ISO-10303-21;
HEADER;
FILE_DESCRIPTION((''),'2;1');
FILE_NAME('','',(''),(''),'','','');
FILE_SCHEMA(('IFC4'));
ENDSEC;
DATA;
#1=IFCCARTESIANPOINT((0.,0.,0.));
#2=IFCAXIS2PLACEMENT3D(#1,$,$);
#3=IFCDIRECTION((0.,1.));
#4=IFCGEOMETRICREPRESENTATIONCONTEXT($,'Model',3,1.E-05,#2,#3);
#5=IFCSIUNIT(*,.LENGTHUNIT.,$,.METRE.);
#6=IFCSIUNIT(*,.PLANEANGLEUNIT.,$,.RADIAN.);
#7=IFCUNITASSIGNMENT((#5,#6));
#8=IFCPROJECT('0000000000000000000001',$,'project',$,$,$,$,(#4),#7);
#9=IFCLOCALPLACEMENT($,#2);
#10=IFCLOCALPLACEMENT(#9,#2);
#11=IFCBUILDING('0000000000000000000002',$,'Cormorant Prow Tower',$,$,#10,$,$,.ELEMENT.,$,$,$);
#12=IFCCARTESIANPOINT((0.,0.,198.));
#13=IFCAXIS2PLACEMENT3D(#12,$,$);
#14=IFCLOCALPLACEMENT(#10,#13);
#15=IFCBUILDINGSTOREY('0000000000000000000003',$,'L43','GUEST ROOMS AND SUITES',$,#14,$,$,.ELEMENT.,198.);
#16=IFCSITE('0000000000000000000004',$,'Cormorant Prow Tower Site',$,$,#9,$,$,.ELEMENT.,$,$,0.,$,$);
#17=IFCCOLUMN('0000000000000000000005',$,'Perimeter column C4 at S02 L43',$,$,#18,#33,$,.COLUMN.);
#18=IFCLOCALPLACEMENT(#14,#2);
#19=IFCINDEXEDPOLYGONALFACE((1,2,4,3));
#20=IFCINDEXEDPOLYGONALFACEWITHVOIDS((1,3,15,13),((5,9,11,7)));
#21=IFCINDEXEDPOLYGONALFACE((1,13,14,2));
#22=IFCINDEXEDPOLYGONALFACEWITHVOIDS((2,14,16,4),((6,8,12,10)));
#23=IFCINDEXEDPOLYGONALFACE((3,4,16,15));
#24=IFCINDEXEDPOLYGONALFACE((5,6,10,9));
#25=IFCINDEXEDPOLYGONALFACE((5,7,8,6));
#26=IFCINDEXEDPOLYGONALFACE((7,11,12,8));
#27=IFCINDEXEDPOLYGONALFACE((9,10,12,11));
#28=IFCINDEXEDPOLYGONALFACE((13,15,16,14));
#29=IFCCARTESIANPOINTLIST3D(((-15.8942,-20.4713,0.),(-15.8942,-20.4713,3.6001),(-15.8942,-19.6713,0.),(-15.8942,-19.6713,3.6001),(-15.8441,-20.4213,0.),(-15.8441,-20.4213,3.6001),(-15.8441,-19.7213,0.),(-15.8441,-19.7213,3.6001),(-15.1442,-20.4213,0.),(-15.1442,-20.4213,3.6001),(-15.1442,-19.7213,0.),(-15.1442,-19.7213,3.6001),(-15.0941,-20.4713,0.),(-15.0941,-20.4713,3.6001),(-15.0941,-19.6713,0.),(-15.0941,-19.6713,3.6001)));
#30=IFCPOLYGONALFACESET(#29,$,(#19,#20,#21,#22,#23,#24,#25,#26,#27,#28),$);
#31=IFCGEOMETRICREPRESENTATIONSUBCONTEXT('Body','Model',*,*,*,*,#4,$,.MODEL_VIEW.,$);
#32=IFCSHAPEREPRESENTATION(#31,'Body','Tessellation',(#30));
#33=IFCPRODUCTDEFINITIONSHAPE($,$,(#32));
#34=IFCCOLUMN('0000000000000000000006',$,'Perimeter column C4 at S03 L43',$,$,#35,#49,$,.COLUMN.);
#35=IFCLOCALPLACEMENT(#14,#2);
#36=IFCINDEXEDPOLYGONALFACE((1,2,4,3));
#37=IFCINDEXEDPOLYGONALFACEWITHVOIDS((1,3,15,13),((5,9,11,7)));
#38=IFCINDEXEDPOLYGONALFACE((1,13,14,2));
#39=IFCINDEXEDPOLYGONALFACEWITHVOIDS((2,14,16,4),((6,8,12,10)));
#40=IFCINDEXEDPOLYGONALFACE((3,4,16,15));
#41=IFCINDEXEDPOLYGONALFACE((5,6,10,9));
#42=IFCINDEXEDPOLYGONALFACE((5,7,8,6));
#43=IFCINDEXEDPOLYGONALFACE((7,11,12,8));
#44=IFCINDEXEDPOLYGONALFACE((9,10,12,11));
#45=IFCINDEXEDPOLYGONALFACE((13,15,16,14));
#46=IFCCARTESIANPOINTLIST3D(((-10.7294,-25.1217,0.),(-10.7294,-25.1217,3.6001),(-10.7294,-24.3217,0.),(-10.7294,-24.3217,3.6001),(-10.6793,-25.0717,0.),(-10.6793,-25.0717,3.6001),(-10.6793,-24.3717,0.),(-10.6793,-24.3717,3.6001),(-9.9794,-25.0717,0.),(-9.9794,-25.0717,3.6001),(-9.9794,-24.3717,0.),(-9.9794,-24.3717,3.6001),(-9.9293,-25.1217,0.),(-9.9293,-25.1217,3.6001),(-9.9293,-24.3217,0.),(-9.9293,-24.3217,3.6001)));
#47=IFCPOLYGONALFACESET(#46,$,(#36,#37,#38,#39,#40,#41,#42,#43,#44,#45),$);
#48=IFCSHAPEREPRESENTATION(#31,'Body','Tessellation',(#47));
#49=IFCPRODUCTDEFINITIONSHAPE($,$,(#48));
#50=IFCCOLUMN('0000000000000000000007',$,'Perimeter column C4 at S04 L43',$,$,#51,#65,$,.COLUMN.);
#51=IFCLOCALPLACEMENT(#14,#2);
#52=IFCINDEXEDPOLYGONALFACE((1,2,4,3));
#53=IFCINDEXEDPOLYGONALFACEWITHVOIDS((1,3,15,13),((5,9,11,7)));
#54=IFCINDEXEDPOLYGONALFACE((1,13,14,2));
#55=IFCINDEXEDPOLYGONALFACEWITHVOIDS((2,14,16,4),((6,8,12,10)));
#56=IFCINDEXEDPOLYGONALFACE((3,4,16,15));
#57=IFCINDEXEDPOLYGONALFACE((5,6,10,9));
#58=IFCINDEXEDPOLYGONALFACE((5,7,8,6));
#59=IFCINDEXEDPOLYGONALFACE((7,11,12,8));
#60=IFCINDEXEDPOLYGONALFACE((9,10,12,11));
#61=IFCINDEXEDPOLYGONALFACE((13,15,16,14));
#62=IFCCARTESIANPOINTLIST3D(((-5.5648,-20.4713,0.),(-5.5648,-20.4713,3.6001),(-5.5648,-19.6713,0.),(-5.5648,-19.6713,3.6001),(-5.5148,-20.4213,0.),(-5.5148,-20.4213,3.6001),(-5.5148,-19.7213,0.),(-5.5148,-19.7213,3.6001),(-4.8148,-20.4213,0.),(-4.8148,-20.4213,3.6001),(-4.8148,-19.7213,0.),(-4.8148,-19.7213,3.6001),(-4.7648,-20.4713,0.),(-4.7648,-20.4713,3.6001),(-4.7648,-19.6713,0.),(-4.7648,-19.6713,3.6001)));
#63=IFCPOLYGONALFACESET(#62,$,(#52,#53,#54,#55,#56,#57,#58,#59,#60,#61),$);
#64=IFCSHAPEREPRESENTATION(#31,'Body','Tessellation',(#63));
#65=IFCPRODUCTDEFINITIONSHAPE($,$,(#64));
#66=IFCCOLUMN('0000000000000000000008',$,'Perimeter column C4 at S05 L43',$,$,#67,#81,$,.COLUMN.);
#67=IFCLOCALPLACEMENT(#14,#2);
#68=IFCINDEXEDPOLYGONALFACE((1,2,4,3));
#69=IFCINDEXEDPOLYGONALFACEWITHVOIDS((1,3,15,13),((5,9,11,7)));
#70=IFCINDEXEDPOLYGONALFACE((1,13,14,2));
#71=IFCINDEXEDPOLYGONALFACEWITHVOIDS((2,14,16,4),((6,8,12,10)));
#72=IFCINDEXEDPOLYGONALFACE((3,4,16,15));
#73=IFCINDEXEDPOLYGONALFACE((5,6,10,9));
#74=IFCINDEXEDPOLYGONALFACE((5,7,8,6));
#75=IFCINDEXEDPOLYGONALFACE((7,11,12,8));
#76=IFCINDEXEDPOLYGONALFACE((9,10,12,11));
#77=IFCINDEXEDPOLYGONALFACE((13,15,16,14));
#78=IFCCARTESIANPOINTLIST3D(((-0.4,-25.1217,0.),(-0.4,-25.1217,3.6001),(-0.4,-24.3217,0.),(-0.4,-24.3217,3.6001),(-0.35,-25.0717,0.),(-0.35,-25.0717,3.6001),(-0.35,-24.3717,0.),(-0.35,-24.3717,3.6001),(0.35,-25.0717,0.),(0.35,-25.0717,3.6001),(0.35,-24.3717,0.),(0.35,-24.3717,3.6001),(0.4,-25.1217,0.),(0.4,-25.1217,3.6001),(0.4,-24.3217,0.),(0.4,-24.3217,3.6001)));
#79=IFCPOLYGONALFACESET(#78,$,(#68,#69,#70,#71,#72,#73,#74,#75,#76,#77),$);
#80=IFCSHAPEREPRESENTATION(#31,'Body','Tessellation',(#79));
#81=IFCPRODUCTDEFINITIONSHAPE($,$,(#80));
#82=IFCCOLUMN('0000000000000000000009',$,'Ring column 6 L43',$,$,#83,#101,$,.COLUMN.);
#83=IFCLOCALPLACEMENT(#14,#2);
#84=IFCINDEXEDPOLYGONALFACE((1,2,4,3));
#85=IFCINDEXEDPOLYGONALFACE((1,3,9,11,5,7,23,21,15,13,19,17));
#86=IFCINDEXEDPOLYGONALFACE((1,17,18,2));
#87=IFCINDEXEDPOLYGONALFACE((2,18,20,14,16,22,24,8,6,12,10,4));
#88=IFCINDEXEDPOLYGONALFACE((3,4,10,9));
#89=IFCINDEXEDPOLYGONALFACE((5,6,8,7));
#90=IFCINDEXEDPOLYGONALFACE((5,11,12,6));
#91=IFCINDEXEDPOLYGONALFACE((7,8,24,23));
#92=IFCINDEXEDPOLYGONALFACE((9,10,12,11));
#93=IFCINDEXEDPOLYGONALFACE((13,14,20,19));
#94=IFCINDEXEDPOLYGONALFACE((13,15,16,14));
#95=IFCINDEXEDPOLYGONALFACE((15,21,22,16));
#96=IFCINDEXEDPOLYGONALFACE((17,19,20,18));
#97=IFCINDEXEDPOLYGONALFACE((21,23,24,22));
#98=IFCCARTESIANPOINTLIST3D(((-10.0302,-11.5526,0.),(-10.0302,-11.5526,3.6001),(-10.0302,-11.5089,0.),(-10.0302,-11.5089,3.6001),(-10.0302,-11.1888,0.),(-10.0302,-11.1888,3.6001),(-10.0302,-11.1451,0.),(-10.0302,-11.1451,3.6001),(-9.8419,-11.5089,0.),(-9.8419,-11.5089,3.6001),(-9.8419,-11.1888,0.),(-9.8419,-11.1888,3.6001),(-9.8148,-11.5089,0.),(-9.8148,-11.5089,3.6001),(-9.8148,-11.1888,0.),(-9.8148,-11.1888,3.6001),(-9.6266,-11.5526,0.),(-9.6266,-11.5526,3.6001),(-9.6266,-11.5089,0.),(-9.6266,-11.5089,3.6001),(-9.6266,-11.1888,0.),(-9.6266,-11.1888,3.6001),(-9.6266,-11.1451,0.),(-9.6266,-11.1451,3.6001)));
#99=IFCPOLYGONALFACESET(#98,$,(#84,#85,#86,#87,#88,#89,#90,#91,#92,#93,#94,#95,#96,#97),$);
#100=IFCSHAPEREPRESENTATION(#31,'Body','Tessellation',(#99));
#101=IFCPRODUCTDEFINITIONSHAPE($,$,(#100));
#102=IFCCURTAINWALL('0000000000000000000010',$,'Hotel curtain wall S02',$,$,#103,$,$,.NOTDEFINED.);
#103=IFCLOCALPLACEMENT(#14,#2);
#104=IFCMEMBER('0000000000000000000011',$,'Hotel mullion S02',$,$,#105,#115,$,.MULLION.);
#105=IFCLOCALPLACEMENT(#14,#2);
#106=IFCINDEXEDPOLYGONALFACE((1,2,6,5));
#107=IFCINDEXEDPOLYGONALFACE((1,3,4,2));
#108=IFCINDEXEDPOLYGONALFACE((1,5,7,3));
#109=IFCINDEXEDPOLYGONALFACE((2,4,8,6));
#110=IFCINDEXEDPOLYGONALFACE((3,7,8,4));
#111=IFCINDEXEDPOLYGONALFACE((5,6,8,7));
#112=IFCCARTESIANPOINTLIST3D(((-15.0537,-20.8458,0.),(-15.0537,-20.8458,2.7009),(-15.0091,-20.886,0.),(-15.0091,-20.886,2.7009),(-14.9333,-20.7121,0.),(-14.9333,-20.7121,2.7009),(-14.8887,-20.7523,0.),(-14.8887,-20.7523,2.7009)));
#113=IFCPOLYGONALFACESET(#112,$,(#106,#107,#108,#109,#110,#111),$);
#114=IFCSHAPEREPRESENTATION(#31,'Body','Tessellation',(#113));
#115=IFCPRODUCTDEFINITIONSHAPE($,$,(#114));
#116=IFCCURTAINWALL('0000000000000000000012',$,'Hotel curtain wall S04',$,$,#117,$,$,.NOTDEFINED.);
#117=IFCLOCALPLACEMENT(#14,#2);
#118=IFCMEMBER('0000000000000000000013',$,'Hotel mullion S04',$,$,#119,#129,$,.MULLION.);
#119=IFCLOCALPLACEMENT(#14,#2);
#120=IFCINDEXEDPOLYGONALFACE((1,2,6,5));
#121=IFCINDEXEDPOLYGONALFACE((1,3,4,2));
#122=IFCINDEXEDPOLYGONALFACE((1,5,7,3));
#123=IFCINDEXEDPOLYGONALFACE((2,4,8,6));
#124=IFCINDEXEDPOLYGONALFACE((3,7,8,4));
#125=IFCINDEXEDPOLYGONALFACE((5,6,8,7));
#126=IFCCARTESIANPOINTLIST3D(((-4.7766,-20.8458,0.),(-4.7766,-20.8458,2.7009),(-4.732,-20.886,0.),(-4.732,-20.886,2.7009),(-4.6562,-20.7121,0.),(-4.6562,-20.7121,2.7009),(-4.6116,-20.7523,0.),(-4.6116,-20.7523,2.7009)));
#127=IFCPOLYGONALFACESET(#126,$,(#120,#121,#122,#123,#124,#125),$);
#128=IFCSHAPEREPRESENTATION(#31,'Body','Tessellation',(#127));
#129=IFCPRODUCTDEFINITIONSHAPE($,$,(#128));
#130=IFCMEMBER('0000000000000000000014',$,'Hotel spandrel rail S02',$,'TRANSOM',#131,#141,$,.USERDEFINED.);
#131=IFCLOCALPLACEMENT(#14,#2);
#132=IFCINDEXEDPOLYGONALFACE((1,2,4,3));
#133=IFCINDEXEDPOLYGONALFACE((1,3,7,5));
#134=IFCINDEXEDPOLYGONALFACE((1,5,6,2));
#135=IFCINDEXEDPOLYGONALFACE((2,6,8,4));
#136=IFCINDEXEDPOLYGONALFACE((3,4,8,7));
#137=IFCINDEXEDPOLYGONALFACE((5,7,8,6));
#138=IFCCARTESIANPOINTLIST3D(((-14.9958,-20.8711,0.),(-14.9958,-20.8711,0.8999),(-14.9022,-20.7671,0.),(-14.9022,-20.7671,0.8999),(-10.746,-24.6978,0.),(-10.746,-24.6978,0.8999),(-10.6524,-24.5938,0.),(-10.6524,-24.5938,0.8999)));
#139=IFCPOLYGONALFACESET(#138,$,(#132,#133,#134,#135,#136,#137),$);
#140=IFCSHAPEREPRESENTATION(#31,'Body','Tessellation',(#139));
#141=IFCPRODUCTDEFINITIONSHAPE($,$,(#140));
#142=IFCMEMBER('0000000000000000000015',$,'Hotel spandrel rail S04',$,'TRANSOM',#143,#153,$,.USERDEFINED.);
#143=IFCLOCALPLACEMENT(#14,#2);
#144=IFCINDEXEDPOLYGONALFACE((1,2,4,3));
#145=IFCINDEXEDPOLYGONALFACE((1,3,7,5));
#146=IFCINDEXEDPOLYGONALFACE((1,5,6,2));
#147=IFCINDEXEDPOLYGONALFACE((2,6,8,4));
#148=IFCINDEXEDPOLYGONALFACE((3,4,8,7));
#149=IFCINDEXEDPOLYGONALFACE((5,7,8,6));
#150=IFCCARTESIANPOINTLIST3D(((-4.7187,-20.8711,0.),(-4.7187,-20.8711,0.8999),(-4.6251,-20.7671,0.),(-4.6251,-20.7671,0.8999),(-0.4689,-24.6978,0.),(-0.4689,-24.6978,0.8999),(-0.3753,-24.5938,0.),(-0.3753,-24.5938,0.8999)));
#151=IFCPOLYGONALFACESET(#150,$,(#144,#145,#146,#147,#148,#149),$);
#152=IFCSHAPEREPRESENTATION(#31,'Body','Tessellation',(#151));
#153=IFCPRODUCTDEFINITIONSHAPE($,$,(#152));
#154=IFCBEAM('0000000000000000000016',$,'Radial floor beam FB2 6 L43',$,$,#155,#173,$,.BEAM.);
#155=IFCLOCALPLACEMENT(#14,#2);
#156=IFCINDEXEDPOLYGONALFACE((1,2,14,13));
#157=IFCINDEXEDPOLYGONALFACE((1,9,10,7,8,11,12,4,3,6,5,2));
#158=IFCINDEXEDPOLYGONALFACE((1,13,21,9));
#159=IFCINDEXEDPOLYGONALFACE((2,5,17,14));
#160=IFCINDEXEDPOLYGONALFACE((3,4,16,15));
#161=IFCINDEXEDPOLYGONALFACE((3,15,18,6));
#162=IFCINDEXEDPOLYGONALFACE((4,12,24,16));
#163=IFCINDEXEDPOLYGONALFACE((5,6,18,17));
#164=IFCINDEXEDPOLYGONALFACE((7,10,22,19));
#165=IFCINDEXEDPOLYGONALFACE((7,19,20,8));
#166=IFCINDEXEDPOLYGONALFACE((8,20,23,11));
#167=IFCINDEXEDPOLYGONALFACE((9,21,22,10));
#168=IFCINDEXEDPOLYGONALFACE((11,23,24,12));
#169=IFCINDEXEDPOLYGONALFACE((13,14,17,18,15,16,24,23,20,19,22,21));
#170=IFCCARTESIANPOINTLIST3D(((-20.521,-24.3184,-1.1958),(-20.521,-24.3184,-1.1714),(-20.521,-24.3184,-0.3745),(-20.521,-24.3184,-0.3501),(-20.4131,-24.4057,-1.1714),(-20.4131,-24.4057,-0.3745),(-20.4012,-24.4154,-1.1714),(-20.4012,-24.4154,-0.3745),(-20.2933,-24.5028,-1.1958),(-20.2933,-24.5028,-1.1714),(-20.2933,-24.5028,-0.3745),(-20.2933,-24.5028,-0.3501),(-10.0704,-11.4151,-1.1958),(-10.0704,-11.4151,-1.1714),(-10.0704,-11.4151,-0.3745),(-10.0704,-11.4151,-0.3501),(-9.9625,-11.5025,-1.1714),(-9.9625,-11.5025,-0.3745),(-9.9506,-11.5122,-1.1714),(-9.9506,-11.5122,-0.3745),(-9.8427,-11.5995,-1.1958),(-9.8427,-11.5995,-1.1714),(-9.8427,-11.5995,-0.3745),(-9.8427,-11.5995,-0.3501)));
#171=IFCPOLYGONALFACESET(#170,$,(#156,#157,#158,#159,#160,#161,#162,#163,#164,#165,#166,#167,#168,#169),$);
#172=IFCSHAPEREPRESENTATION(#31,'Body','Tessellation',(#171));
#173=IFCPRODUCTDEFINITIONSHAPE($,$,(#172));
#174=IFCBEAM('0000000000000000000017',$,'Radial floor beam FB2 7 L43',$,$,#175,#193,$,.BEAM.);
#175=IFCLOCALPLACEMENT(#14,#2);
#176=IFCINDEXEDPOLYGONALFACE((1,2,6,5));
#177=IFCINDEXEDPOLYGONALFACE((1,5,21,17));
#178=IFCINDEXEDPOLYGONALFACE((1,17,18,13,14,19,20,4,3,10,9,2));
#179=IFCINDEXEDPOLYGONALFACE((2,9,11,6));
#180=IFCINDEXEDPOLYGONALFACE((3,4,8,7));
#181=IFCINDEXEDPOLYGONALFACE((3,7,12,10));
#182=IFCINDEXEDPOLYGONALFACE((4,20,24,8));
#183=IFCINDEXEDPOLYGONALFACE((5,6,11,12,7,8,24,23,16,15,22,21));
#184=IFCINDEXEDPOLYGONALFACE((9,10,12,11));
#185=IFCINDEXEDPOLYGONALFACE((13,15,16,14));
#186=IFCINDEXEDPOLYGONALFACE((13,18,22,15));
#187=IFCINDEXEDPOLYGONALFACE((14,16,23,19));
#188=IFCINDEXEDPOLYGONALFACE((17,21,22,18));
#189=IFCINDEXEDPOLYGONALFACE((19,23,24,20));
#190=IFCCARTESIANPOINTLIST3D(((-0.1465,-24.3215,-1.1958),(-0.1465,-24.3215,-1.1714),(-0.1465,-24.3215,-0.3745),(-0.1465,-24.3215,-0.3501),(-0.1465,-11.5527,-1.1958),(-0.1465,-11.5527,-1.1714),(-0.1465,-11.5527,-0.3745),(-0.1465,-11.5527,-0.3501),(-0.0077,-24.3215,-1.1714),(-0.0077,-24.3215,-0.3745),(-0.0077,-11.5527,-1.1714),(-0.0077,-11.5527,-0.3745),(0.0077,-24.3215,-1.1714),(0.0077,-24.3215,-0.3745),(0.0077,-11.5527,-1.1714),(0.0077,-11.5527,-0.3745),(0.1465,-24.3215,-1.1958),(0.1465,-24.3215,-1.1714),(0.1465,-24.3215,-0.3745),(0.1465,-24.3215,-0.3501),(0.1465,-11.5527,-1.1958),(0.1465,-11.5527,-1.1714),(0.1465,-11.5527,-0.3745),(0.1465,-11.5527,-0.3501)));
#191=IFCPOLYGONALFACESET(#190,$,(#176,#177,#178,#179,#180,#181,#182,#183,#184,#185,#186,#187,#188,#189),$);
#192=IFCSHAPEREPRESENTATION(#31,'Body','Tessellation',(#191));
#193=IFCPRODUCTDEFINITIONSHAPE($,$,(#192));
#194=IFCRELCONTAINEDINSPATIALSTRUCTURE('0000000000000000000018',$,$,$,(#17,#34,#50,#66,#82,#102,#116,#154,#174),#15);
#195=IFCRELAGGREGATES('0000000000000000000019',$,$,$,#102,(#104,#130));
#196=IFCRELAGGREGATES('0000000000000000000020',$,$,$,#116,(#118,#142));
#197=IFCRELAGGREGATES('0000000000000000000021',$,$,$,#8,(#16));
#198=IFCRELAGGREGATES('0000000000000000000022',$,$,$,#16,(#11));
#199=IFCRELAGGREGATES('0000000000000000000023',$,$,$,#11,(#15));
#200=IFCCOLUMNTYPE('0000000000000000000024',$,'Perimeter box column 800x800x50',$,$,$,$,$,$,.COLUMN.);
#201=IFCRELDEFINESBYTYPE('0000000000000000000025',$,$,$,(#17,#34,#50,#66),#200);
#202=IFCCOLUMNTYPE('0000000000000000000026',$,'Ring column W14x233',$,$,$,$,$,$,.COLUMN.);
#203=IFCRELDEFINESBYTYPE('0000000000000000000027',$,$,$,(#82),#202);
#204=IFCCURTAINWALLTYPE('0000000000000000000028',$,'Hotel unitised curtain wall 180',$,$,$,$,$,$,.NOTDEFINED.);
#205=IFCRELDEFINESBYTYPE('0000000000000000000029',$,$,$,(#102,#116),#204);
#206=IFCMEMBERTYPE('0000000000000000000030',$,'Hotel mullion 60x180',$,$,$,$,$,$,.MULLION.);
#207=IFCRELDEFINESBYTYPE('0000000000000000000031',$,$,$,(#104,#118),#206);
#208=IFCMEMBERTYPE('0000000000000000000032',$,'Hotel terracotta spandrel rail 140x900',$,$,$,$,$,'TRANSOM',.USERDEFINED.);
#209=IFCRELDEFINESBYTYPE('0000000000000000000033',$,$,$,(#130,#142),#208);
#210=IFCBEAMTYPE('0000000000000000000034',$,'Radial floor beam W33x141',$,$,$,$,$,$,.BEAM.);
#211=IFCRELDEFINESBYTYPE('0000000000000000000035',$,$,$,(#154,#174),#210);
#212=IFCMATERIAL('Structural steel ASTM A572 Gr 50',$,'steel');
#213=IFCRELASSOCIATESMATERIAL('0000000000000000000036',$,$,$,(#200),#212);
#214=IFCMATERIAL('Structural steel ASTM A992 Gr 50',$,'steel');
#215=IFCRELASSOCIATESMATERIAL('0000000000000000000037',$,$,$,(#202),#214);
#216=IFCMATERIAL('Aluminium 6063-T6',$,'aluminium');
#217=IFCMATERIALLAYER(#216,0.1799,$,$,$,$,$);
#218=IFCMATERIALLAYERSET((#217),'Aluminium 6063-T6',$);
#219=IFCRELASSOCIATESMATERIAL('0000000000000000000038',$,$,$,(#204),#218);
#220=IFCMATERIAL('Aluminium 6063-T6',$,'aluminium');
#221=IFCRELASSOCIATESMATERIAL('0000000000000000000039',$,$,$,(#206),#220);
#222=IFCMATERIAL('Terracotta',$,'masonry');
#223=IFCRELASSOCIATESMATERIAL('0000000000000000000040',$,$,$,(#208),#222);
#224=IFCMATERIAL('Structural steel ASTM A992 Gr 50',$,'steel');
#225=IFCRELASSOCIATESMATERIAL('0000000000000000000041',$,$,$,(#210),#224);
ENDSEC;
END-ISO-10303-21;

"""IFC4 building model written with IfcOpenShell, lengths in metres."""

from ifc_helpers import new_model, si_unit, direction, frame, origin, origin_2d, place, context, subcontext, project, spatial, rectangle, hollow_rectangle, i_section, extrude, material, layer, layer_set, material_profile, profile_set, type_object, element, aggregate, save


model = new_model("IFC4")

# Units and contexts
model_context = context("Model", 3, precision=1e-05, world=origin(), true_north=direction((0.0, 1.0)))
body_context = subcontext(model_context, "Body", "Model", "MODEL_VIEW")
ifc_project = project(units=[si_unit("LENGTHUNIT", "METRE"), si_unit("PLANEANGLEUNIT", "RADIAN")], contexts=[model_context])

# Site, building, storey
site_placement = place(None, origin())
site = spatial("IfcSite", under=ifc_project, at=site_placement, Name="Cormorant Prow Tower Site", CompositionType="ELEMENT", RefElevation=0.0)
building_placement = place(site_placement, origin())
building = spatial("IfcBuilding", under=site, at=building_placement, Name="Cormorant Prow Tower", CompositionType="ELEMENT")
storey_placement = place(building_placement, frame((0.0, 0.0, 198.0)))
storey = spatial("IfcBuildingStorey", under=building, at=storey_placement, Name="L43", Description="GUEST ROOMS AND SUITES", CompositionType="ELEMENT", Elevation=198.0)

# Columns
ifc_material_1 = material(Name="Structural steel ASTM A572 Gr 50", Category="steel")
ifc_material_profile_1 = material_profile(ifc_material_1, hollow_rectangle(XDim=0.8, YDim=0.8, WallThickness=0.05, at=origin_2d()), Name="Box 800x800x50")
ifc_profile_set_1 = profile_set([ifc_material_profile_1], Name="Structural steel ASTM A572 Gr 50")
column_type_1 = type_object("IfcColumnType", Name="Perimeter box column 800x800x50", PredefinedType="COLUMN", material=ifc_profile_set_1)
for number, where, z_axis, x_axis, name in (
    (1, (-15.4941, -20.0713, 0.0), (0.0, 0.0, 1.0), (1.0, 0.0, 0.0), "Perimeter column C4 at S02 L43"),
    (2, (-10.3293, -24.7217, 0.0), (0.0, 0.0, 1.0), (1.0, 0.0, 0.0), "Perimeter column C4 at S03 L43"),
    (3, (-5.1648, -20.0713, 0.0), (0.0, 0.0, 1.0), (1.0, 0.0, 0.0), "Perimeter column C4 at S04 L43"),
    (4, (0.0, -24.7217, 0.0), (0.0, 0.0, 1.0), (1.0, 0.0, 0.0), "Perimeter column C4 at S05 L43"),
):
    element("IfcColumn", number, at=place(storey_placement, frame(where, z_axis=z_axis, x_axis=x_axis)), inside=storey, type_object=column_type_1, Name=name, PredefinedType="COLUMN", context=body_context, shape_type="SweptSolid", body=[
        extrude(hollow_rectangle(XDim=0.8, YDim=0.8, WallThickness=0.05, at=origin_2d()), origin(), (0.0, 0.0, 1.0), 3.6001),
    ])
ifc_material_2 = material(Name="Structural steel ASTM A992 Gr 50", Category="steel")
ifc_material_profile_2 = material_profile(ifc_material_2, i_section(OverallWidth=0.4036, OverallDepth=0.4075, WebThickness=0.0271, FlangeThickness=0.0437, at=origin_2d()), Name="W14x233")
ifc_profile_set_2 = profile_set([ifc_material_profile_2], Name="Structural steel ASTM A992 Gr 50")
column_type_2 = type_object("IfcColumnType", Name="Ring column W14x233", PredefinedType="COLUMN", material=ifc_profile_set_2)
column_placement = place(storey_placement, frame((-9.8284, -11.3489, 0.0), z_axis=(0.0, 0.0, 1.0), x_axis=(1.0, 0.0, 0.0)))
element("IfcColumn", 5, at=column_placement, inside=storey, type_object=column_type_2, Name="Ring column 6 L43", PredefinedType="COLUMN", context=body_context, shape_type="SweptSolid", body=[
    extrude(i_section(OverallWidth=0.4036, OverallDepth=0.4075, WebThickness=0.0271, FlangeThickness=0.0437, at=origin_2d()), origin(), (0.0, 0.0, 1.0), 3.6001),
])

# Curtain walls, members
ifc_material_3 = material(Name="Aluminium 6063-T6", Category="aluminium")
ifc_layer_1 = layer(ifc_material_3, 0.1799)
ifc_layer_set_1 = layer_set([ifc_layer_1], Name="Aluminium 6063-T6")
curtain_wall_type = type_object("IfcCurtainWallType", Name="Hotel unitised curtain wall 180", PredefinedType="NOTDEFINED", material=ifc_layer_set_1)
curtain_wall_1_placement = place(storey_placement, origin())
curtain_wall_1 = element("IfcCurtainWall", 6, at=curtain_wall_1_placement, inside=storey, type_object=curtain_wall_type, Name="Hotel curtain wall S02", PredefinedType="NOTDEFINED")
ifc_material_4 = material(Name="Aluminium 6063-T6", Category="aluminium")
ifc_material_profile_3 = material_profile(ifc_material_4, rectangle(XDim=0.1799, YDim=0.0601, at=origin_2d()), Name="Hotel mullion 60x180")
ifc_profile_set_3 = profile_set([ifc_material_profile_3], Name="Aluminium 6063-T6")
member_type_1 = type_object("IfcMemberType", Name="Hotel mullion 60x180", PredefinedType="MULLION", material=ifc_profile_set_3)
member_1_placement = place(storey_placement, frame((-14.9712, -20.7991, 0.0), z_axis=(0.0, 0.0, 1.0), x_axis=(0.669131, 0.743145, 0.0)))
member_1 = element("IfcMember", 7, at=member_1_placement, type_object=member_type_1, Name="Hotel mullion S02", PredefinedType="MULLION", context=body_context, shape_type="SweptSolid", body=[
    extrude(rectangle(XDim=0.1799, YDim=0.0601, at=origin_2d()), origin(), (0.0, 0.0, 1.0), 2.7009),
])
curtain_wall_2_placement = place(storey_placement, origin())
curtain_wall_2 = element("IfcCurtainWall", 8, at=curtain_wall_2_placement, inside=storey, type_object=curtain_wall_type, Name="Hotel curtain wall S04", PredefinedType="NOTDEFINED")
member_2_placement = place(storey_placement, frame((-4.6941, -20.7991, 0.0), z_axis=(0.0, 0.0, 1.0), x_axis=(0.669131, 0.743145, 0.0)))
member_2 = element("IfcMember", 9, at=member_2_placement, type_object=member_type_1, Name="Hotel mullion S04", PredefinedType="MULLION", context=body_context, shape_type="SweptSolid", body=[
    extrude(rectangle(XDim=0.1799, YDim=0.0601, at=origin_2d()), origin(), (0.0, 0.0, 1.0), 2.7009),
])

# Members
ifc_material_5 = material(Name="Terracotta", Category="masonry")
ifc_material_profile_4 = material_profile(ifc_material_5, rectangle(XDim=0.1399, YDim=0.8999, at=origin_2d()), Name="Hotel terracotta spandrel rail 140x900")
ifc_profile_set_4 = profile_set([ifc_material_profile_4], Name="Terracotta")
member_type_2 = type_object("IfcMemberType", Name="Hotel terracotta spandrel rail 140x900", ElementType="TRANSOM", PredefinedType="USERDEFINED", material=ifc_profile_set_4)
member_3_placement = place(storey_placement, frame((-14.949, -20.8191, 0.45), z_axis=(0.743131, -0.669146, 0.0), x_axis=(0.669146, 0.743131, 0.0)))
member_3 = element("IfcMember", 10, at=member_3_placement, type_object=member_type_2, Name="Hotel spandrel rail S02", ObjectType="TRANSOM", PredefinedType="USERDEFINED", context=body_context, shape_type="SweptSolid", body=[
    extrude(rectangle(XDim=0.1399, YDim=0.8999, at=origin_2d()), origin(), (0.0, 0.0, 1.0), 5.7188),
])
member_4_placement = place(storey_placement, frame((-4.6719, -20.8191, 0.45), z_axis=(0.743131, -0.669146, 0.0), x_axis=(0.669146, 0.743131, 0.0)))
member_4 = element("IfcMember", 11, at=member_4_placement, type_object=member_type_2, Name="Hotel spandrel rail S04", ObjectType="TRANSOM", PredefinedType="USERDEFINED", context=body_context, shape_type="SweptSolid", body=[
    extrude(rectangle(XDim=0.1399, YDim=0.8999, at=origin_2d()), origin(), (0.0, 0.0, 1.0), 5.7188),
])

# Beams
ifc_material_6 = material(Name="Structural steel ASTM A992 Gr 50", Category="steel")
ifc_material_profile_5 = material_profile(ifc_material_6, i_section(OverallWidth=0.293, OverallDepth=0.8457, WebThickness=0.0154, FlangeThickness=0.0244, at=origin_2d()), Name="W33x141")
ifc_profile_set_5 = profile_set([ifc_material_profile_5], Name="Structural steel ASTM A992 Gr 50")
beam_type_1 = type_object("IfcBeamType", Name="Radial floor beam W33x141", PredefinedType="BEAM", material=ifc_profile_set_5)
beam_1_placement = place(storey_placement, frame((-9.9565, -11.5073, -0.7729), z_axis=(-0.629385, -0.777094, 0.0), x_axis=(0.777094, -0.629385, 0.0)))
element("IfcBeam", 12, at=beam_1_placement, inside=storey, type_object=beam_type_1, Name="Radial floor beam FB2 6 L43", PredefinedType="BEAM", context=body_context, shape_type="SweptSolid", body=[
    extrude(i_section(OverallWidth=0.293, OverallDepth=0.8457, WebThickness=0.0154, FlangeThickness=0.0244, at=origin_2d()), origin(), (0.0, 0.0, 1.0), 16.6045),
])
beam_2_placement = place(storey_placement, frame((0.0, -11.5527, -0.7729), z_axis=(0.0, -1.0, 0.0), x_axis=(1.0, 0.0, 0.0)))
element("IfcBeam", 13, at=beam_2_placement, inside=storey, type_object=beam_type_1, Name="Radial floor beam FB2 7 L43", PredefinedType="BEAM", context=body_context, shape_type="SweptSolid", body=[
    extrude(i_section(OverallWidth=0.293, OverallDepth=0.8457, WebThickness=0.0154, FlangeThickness=0.0244, at=origin_2d()), origin(), (0.0, 0.0, 1.0), 12.7688),
])

aggregate(curtain_wall_1, [member_1, member_3])
aggregate(curtain_wall_2, [member_2, member_4])

save(model, "model.ifc")
